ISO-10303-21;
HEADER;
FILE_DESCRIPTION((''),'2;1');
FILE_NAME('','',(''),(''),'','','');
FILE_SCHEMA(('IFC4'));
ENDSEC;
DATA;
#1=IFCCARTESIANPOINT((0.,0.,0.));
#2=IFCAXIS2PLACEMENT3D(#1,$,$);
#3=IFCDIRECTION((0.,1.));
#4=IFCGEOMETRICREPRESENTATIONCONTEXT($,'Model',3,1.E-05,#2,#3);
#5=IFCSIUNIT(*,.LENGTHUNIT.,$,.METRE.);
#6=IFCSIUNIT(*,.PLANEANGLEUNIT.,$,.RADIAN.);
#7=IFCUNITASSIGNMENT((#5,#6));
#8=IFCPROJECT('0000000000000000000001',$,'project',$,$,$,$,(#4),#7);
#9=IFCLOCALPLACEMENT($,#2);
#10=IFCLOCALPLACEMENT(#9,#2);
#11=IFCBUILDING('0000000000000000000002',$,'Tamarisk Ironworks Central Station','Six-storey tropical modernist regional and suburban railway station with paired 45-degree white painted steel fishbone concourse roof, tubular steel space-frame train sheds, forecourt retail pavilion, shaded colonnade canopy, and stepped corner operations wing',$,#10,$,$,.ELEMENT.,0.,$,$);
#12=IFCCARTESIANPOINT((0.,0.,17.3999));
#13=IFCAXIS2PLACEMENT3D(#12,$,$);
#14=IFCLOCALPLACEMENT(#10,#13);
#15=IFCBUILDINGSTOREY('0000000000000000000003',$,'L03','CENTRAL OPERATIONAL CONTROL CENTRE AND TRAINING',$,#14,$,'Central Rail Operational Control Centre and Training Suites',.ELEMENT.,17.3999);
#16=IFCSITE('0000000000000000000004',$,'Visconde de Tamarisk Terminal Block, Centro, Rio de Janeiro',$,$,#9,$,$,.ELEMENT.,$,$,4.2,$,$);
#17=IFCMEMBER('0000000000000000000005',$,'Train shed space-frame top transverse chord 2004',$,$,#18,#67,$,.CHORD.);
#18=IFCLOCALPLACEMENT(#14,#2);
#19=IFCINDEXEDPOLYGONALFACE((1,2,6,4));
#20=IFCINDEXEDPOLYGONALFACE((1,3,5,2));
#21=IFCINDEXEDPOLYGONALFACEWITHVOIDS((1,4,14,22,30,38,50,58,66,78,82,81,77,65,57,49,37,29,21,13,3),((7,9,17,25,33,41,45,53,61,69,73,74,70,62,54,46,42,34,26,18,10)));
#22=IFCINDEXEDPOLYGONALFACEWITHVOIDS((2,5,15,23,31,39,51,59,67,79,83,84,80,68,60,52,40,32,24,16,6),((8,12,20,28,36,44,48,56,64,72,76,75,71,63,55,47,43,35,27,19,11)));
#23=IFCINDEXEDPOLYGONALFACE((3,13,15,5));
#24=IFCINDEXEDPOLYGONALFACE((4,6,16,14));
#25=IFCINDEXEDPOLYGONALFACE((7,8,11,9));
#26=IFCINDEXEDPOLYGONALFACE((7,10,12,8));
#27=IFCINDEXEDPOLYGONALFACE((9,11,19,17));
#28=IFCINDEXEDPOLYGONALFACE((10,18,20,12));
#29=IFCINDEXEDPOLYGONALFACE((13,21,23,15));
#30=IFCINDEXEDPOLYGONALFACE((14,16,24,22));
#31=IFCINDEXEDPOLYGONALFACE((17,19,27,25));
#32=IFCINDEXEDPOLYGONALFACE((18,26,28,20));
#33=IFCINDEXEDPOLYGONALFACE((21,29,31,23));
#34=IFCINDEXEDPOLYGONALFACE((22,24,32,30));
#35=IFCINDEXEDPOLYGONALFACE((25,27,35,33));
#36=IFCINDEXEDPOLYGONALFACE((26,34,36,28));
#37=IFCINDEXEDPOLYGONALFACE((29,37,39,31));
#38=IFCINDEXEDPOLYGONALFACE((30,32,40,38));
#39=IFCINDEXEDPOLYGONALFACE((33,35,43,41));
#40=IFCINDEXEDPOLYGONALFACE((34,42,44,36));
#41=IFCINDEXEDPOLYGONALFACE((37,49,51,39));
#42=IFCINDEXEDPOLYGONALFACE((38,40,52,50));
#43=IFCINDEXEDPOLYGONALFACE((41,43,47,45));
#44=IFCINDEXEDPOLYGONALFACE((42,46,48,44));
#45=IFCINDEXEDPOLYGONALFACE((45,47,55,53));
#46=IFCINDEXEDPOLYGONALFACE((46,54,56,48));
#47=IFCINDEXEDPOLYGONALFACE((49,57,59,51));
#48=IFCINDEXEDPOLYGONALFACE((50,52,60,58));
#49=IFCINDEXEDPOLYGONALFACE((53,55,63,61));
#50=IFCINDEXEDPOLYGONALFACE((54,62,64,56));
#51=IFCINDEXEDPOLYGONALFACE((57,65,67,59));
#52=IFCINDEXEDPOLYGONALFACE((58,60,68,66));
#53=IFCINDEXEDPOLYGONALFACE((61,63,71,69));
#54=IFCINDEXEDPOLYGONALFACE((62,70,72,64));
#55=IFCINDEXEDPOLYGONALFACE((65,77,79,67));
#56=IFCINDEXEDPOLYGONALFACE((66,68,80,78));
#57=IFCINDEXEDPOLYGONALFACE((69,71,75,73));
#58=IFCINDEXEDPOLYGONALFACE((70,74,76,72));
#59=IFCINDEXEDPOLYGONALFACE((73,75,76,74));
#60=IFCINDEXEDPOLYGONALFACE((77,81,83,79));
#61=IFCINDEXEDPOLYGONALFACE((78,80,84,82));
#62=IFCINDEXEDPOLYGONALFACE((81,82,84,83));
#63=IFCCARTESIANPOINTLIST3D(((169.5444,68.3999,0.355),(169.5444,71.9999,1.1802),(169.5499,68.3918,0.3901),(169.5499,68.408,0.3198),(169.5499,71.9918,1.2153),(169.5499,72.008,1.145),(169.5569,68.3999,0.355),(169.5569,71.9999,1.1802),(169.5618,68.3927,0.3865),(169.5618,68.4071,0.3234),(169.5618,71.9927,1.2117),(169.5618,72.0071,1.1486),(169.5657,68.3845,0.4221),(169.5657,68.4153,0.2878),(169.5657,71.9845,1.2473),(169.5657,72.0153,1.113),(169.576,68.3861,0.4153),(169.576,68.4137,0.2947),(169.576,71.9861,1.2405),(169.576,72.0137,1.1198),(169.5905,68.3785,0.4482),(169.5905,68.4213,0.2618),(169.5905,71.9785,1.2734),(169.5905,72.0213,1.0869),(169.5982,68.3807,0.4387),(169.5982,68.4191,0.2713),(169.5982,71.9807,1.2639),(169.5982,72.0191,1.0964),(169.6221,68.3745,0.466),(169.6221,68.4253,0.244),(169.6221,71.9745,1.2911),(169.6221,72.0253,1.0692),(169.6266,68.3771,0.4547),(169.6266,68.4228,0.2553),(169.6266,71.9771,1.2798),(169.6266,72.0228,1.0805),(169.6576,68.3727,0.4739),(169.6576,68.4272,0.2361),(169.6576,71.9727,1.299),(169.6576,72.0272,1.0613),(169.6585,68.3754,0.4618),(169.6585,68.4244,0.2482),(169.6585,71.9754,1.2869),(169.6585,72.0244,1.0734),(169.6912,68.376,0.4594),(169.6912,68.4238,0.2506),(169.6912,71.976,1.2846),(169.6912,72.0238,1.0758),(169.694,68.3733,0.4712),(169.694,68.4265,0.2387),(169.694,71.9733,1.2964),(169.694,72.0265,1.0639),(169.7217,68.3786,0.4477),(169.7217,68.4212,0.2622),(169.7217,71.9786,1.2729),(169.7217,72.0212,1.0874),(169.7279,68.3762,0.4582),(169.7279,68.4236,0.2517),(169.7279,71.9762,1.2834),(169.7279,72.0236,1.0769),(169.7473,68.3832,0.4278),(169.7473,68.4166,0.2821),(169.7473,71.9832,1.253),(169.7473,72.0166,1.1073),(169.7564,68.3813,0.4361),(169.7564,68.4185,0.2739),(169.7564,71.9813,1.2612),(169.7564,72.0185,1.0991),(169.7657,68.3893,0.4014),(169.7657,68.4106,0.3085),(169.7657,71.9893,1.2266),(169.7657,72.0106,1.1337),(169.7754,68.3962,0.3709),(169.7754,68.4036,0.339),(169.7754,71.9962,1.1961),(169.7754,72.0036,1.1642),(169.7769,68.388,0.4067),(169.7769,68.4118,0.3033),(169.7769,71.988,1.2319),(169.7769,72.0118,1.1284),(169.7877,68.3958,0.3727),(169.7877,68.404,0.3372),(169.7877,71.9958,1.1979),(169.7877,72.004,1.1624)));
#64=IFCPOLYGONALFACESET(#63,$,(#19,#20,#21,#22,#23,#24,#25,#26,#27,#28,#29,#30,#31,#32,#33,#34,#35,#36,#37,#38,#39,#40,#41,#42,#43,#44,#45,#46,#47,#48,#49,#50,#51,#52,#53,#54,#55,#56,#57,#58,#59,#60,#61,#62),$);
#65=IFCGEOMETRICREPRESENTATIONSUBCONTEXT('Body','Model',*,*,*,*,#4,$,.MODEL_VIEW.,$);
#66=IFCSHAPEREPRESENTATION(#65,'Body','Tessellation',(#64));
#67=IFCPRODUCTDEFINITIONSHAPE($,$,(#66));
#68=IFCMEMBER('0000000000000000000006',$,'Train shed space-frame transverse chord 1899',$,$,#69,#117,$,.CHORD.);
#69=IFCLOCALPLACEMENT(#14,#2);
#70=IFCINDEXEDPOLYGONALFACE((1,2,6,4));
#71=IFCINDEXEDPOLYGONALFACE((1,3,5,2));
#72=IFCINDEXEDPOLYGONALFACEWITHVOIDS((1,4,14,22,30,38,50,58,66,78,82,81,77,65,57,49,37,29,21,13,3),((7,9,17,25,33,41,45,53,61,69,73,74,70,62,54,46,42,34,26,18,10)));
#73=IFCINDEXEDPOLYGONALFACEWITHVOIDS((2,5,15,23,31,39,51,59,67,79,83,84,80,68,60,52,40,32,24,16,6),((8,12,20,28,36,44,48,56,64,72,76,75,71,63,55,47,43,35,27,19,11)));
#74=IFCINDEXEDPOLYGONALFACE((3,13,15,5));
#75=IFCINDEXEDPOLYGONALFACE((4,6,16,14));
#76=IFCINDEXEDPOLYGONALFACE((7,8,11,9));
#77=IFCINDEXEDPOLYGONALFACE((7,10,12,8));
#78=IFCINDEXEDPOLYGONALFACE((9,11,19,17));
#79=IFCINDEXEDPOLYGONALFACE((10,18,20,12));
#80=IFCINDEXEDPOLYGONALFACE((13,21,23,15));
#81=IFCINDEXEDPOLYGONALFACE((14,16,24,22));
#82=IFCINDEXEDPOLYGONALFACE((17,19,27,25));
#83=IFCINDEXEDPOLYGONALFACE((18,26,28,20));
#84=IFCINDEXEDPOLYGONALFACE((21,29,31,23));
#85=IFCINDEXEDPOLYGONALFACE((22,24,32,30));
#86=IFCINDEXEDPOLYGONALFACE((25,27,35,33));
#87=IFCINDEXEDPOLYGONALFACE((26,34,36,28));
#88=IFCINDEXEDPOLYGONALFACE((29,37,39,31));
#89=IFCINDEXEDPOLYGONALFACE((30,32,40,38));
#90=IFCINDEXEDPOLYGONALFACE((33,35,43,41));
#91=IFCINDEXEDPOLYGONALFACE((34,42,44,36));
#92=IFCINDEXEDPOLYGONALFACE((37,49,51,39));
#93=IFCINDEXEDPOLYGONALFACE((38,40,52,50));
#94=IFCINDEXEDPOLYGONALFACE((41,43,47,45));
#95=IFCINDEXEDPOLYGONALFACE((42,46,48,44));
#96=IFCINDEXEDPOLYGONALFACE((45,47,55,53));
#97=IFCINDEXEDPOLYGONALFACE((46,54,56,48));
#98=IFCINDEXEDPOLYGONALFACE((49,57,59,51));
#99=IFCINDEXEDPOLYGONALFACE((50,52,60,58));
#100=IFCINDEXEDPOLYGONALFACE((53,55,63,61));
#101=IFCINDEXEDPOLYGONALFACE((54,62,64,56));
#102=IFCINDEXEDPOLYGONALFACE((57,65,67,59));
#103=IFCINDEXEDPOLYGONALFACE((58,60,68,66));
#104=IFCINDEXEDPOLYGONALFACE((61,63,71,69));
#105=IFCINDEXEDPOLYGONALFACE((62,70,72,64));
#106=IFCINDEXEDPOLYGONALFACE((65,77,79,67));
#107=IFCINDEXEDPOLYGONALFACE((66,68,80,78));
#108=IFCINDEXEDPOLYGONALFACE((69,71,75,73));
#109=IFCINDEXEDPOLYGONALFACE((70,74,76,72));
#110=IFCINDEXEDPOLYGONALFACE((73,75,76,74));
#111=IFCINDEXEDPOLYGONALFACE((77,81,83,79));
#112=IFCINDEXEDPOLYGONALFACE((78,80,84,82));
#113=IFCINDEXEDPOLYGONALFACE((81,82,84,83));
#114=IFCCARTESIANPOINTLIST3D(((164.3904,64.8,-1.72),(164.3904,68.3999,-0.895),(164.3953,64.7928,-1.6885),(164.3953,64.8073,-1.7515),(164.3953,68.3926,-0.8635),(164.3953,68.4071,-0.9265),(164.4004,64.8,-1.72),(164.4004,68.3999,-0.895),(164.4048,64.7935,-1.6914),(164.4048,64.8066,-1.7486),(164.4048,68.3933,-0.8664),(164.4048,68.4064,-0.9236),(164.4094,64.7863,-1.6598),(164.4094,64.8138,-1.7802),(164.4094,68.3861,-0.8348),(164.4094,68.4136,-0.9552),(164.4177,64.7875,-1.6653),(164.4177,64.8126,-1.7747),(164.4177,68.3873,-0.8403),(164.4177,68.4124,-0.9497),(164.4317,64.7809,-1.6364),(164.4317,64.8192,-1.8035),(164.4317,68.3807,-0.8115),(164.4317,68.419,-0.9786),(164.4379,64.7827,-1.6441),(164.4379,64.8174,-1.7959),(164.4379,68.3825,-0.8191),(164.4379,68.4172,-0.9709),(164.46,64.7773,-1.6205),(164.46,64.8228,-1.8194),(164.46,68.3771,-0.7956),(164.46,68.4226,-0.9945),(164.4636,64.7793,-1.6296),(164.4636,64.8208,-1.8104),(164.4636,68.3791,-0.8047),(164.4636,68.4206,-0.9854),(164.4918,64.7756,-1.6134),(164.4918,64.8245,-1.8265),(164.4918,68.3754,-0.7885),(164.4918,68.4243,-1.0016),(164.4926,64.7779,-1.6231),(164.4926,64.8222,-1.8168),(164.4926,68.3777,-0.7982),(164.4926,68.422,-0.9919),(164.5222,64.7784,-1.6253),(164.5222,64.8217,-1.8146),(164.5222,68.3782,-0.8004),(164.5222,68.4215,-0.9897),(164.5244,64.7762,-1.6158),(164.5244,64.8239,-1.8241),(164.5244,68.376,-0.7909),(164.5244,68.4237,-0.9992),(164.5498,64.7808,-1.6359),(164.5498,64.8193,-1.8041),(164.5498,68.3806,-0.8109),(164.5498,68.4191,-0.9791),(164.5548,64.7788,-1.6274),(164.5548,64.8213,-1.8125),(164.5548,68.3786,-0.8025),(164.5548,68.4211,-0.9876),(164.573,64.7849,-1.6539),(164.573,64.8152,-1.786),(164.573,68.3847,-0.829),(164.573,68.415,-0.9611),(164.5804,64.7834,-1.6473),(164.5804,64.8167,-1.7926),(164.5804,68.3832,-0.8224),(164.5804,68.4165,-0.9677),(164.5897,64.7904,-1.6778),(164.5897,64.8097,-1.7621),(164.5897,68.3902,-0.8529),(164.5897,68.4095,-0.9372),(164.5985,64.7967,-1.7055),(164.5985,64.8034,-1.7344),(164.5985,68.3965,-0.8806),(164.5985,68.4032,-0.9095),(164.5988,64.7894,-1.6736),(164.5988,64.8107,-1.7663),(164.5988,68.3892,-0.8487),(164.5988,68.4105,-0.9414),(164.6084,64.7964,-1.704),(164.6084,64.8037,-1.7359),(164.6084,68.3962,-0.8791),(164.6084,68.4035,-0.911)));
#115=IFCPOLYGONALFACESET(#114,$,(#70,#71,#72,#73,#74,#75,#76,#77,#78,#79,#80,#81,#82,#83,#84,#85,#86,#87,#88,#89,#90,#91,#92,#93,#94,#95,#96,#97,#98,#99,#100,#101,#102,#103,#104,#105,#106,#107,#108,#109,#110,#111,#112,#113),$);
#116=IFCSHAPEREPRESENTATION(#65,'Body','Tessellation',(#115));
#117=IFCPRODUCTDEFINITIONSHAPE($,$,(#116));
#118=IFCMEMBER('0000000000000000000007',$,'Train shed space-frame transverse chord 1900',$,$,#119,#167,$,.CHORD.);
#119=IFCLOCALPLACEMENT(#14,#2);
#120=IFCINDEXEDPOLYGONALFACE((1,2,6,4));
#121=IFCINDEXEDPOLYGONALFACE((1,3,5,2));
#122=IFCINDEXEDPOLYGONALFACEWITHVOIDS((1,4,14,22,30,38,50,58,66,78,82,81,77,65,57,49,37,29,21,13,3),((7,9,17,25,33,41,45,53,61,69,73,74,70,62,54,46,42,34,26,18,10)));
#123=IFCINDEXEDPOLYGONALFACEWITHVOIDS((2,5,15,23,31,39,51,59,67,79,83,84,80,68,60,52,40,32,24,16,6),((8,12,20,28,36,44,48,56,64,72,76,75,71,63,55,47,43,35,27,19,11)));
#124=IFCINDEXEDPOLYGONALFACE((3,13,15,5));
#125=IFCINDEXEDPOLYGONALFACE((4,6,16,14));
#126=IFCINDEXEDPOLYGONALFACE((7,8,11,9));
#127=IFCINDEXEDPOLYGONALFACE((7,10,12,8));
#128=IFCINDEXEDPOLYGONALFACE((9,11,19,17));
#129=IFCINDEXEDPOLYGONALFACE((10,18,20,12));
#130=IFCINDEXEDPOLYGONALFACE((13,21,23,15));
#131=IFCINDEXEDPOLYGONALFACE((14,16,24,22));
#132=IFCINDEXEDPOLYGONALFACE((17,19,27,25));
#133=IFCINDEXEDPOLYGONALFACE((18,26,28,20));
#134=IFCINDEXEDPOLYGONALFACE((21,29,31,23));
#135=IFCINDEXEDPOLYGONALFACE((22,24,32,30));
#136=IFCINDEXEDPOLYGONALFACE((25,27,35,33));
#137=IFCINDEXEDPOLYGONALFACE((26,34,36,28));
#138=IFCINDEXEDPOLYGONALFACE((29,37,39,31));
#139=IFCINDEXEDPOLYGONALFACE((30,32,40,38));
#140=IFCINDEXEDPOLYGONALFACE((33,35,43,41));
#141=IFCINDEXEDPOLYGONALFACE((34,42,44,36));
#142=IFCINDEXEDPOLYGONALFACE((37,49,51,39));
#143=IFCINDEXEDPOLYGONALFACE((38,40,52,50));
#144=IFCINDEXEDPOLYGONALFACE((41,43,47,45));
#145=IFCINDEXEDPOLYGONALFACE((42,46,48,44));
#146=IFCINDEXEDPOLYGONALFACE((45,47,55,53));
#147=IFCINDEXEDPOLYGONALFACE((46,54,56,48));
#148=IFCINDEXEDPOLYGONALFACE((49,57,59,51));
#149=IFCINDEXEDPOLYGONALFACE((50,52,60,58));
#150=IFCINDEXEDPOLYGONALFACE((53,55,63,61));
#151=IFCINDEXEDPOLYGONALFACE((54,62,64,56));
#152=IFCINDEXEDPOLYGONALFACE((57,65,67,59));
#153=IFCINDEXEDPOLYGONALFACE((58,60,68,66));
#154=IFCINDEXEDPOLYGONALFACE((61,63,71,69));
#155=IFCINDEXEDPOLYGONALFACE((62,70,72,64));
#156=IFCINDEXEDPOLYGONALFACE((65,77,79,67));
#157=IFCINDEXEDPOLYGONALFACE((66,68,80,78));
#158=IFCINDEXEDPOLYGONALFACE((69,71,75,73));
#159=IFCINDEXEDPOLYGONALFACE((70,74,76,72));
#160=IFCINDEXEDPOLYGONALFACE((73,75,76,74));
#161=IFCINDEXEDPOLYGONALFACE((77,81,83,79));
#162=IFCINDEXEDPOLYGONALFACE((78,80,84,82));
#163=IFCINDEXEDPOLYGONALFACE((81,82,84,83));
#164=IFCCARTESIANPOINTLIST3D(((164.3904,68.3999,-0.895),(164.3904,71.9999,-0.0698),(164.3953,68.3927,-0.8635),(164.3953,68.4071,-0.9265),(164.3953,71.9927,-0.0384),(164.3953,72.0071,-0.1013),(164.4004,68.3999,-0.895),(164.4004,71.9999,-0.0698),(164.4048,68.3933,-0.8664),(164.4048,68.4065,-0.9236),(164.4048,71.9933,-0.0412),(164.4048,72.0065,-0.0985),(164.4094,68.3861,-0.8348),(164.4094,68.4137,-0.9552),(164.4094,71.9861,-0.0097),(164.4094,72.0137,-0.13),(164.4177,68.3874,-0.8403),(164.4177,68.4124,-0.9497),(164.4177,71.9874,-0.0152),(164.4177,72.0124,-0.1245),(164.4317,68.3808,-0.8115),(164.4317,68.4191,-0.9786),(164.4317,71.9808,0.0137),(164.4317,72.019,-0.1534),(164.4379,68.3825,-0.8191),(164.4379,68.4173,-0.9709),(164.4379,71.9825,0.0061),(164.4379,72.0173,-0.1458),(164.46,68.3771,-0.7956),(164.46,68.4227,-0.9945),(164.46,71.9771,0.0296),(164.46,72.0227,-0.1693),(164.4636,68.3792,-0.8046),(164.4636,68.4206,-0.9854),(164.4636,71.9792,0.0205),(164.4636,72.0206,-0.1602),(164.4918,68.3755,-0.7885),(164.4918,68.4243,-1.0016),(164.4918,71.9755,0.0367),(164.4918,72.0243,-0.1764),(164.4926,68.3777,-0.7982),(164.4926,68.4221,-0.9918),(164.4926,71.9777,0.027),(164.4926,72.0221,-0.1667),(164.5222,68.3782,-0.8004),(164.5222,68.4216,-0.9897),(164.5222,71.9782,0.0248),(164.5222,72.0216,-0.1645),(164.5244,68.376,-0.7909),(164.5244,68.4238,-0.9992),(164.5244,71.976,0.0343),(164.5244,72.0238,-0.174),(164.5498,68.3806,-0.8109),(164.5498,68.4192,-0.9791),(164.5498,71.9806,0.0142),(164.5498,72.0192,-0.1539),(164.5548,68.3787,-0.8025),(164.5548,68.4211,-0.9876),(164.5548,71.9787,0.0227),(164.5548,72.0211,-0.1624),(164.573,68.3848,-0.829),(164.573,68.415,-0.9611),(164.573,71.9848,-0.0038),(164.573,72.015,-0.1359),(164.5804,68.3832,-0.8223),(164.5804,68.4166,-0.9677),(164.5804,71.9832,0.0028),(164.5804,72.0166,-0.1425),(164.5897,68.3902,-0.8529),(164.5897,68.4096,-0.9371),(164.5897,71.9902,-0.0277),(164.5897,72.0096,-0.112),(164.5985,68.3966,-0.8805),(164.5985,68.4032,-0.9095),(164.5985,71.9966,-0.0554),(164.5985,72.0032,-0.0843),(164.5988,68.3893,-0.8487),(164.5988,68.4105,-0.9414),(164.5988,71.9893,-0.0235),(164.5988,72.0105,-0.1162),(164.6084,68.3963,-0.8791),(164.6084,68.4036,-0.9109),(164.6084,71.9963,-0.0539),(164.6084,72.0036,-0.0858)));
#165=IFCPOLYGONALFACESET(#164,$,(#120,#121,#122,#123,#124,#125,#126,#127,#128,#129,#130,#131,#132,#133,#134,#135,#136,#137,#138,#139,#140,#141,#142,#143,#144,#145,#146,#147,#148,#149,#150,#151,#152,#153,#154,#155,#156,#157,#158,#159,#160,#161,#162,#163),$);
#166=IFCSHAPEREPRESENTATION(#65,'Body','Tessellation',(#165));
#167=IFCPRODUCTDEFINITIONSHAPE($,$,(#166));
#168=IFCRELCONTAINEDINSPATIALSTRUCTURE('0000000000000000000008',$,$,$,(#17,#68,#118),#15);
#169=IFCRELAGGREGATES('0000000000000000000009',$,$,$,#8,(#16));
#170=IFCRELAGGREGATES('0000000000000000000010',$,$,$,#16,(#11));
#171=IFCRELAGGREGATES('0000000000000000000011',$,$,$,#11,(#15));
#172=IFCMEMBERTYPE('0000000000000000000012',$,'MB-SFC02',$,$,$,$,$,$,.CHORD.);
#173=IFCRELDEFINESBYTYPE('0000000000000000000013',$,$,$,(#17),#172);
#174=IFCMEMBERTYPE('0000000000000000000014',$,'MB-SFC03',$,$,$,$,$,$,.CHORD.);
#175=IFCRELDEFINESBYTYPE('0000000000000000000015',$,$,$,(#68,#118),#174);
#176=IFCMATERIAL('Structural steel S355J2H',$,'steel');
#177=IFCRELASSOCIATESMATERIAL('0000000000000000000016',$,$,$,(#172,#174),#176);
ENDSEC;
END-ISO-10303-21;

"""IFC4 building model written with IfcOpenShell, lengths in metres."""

from ifc_helpers import new_model, si_unit, direction, frame, origin, origin_2d, place, context, subcontext, project, spatial, hollow_circle, extrude, material, material_profile, profile_set, type_object, element, save


model = new_model("IFC4")

# Units and contexts
model_context = context("Model", 3, precision=1e-05, world=origin(), true_north=direction((0.0, 1.0)))
body_context = subcontext(model_context, "Body", "Model", "MODEL_VIEW")
ifc_project = project(units=[si_unit("LENGTHUNIT", "METRE"), si_unit("PLANEANGLEUNIT", "RADIAN")], contexts=[model_context])

# Site, building, storey
site_placement = place(None, origin())
site = spatial("IfcSite", under=ifc_project, at=site_placement, Name="Visconde de Tamarisk Terminal Block, Centro, Rio de Janeiro", CompositionType="ELEMENT", RefElevation=4.2)
building_placement = place(site_placement, origin())
building = spatial("IfcBuilding", under=site, at=building_placement, Name="Tamarisk Ironworks Central Station", Description="Six-storey tropical modernist regional and suburban railway station with paired 45-degree white painted steel fishbone concourse roof, tubular steel space-frame train sheds, forecourt retail pavilion, shaded colonnade canopy, and stepped corner operations wing", CompositionType="ELEMENT", ElevationOfRefHeight=0.0)
storey_placement = place(building_placement, frame((0.0, 0.0, 17.3999)))
storey = spatial("IfcBuildingStorey", under=building, at=storey_placement, Name="L03", Description="CENTRAL OPERATIONAL CONTROL CENTRE AND TRAINING", LongName="Central Rail Operational Control Centre and Training Suites", CompositionType="ELEMENT", Elevation=17.3999)

# Members
ifc_material_1 = material(Name="Structural steel S355J2H", Category="steel")
ifc_material_profile_1 = material_profile(ifc_material_1, hollow_circle(Radius=0.1223, WallThickness=0.0125, at=origin_2d()), Name="CHS 244.5x12.5")
ifc_profile_set_1 = profile_set([ifc_material_profile_1], Name="Structural steel S355J2H")
member_type_1 = type_object("IfcMemberType", Name="MB-SFC02", PredefinedType="CHORD", material=ifc_profile_set_1)
member_1_placement = place(storey_placement, frame((169.6667, 68.3999, 0.355), z_axis=(0.0, 0.974722, 0.223421), x_axis=(-1.0, 0.0, 0.0)))
element("IfcMember", 1, at=member_1_placement, inside=storey, type_object=member_type_1, Name="Train shed space-frame top transverse chord 2004", PredefinedType="CHORD", context=body_context, shape_type="SweptSolid", body=[
    extrude(hollow_circle(Radius=0.1223, WallThickness=0.0125, at=origin_2d()), origin(), (0.0, 0.0, 1.0), 3.6934),
])
ifc_material_profile_2 = material_profile(ifc_material_1, hollow_circle(Radius=0.1096, WallThickness=0.01, at=origin_2d()), Name="CHS 219.1x10")
ifc_profile_set_2 = profile_set([ifc_material_profile_2], Name="Structural steel S355J2H")
member_type_2 = type_object("IfcMemberType", Name="MB-SFC03", PredefinedType="CHORD", material=ifc_profile_set_2)
member_2_placement = place(storey_placement, frame((164.5, 64.8, -1.72), z_axis=(0.0, 0.974733, 0.223372), x_axis=(-1.0, 0.0, 0.0)))
element("IfcMember", 2, at=member_2_placement, inside=storey, type_object=member_type_2, Name="Train shed space-frame transverse chord 1899", PredefinedType="CHORD", context=body_context, shape_type="SweptSolid", body=[
    extrude(hollow_circle(Radius=0.1096, WallThickness=0.01, at=origin_2d()), origin(), (0.0, 0.0, 1.0), 3.6931),
])
for number, where, z_axis, x_axis, name in (
    (3, (164.5, 68.3999, -0.895), (0.0, 0.974722, 0.223421), (-1.0, 0.0, 0.0), "Train shed space-frame transverse chord 1900"),
):
    element("IfcMember", number, at=place(storey_placement, frame(where, z_axis=z_axis, x_axis=x_axis)), inside=storey, type_object=member_type_2, Name=name, PredefinedType="CHORD", context=body_context, shape_type="SweptSolid", body=[
        extrude(hollow_circle(Radius=0.1096, WallThickness=0.01, at=origin_2d()), origin(), (0.0, 0.0, 1.0), 3.6934),
    ])

save(model, "model.ifc")
